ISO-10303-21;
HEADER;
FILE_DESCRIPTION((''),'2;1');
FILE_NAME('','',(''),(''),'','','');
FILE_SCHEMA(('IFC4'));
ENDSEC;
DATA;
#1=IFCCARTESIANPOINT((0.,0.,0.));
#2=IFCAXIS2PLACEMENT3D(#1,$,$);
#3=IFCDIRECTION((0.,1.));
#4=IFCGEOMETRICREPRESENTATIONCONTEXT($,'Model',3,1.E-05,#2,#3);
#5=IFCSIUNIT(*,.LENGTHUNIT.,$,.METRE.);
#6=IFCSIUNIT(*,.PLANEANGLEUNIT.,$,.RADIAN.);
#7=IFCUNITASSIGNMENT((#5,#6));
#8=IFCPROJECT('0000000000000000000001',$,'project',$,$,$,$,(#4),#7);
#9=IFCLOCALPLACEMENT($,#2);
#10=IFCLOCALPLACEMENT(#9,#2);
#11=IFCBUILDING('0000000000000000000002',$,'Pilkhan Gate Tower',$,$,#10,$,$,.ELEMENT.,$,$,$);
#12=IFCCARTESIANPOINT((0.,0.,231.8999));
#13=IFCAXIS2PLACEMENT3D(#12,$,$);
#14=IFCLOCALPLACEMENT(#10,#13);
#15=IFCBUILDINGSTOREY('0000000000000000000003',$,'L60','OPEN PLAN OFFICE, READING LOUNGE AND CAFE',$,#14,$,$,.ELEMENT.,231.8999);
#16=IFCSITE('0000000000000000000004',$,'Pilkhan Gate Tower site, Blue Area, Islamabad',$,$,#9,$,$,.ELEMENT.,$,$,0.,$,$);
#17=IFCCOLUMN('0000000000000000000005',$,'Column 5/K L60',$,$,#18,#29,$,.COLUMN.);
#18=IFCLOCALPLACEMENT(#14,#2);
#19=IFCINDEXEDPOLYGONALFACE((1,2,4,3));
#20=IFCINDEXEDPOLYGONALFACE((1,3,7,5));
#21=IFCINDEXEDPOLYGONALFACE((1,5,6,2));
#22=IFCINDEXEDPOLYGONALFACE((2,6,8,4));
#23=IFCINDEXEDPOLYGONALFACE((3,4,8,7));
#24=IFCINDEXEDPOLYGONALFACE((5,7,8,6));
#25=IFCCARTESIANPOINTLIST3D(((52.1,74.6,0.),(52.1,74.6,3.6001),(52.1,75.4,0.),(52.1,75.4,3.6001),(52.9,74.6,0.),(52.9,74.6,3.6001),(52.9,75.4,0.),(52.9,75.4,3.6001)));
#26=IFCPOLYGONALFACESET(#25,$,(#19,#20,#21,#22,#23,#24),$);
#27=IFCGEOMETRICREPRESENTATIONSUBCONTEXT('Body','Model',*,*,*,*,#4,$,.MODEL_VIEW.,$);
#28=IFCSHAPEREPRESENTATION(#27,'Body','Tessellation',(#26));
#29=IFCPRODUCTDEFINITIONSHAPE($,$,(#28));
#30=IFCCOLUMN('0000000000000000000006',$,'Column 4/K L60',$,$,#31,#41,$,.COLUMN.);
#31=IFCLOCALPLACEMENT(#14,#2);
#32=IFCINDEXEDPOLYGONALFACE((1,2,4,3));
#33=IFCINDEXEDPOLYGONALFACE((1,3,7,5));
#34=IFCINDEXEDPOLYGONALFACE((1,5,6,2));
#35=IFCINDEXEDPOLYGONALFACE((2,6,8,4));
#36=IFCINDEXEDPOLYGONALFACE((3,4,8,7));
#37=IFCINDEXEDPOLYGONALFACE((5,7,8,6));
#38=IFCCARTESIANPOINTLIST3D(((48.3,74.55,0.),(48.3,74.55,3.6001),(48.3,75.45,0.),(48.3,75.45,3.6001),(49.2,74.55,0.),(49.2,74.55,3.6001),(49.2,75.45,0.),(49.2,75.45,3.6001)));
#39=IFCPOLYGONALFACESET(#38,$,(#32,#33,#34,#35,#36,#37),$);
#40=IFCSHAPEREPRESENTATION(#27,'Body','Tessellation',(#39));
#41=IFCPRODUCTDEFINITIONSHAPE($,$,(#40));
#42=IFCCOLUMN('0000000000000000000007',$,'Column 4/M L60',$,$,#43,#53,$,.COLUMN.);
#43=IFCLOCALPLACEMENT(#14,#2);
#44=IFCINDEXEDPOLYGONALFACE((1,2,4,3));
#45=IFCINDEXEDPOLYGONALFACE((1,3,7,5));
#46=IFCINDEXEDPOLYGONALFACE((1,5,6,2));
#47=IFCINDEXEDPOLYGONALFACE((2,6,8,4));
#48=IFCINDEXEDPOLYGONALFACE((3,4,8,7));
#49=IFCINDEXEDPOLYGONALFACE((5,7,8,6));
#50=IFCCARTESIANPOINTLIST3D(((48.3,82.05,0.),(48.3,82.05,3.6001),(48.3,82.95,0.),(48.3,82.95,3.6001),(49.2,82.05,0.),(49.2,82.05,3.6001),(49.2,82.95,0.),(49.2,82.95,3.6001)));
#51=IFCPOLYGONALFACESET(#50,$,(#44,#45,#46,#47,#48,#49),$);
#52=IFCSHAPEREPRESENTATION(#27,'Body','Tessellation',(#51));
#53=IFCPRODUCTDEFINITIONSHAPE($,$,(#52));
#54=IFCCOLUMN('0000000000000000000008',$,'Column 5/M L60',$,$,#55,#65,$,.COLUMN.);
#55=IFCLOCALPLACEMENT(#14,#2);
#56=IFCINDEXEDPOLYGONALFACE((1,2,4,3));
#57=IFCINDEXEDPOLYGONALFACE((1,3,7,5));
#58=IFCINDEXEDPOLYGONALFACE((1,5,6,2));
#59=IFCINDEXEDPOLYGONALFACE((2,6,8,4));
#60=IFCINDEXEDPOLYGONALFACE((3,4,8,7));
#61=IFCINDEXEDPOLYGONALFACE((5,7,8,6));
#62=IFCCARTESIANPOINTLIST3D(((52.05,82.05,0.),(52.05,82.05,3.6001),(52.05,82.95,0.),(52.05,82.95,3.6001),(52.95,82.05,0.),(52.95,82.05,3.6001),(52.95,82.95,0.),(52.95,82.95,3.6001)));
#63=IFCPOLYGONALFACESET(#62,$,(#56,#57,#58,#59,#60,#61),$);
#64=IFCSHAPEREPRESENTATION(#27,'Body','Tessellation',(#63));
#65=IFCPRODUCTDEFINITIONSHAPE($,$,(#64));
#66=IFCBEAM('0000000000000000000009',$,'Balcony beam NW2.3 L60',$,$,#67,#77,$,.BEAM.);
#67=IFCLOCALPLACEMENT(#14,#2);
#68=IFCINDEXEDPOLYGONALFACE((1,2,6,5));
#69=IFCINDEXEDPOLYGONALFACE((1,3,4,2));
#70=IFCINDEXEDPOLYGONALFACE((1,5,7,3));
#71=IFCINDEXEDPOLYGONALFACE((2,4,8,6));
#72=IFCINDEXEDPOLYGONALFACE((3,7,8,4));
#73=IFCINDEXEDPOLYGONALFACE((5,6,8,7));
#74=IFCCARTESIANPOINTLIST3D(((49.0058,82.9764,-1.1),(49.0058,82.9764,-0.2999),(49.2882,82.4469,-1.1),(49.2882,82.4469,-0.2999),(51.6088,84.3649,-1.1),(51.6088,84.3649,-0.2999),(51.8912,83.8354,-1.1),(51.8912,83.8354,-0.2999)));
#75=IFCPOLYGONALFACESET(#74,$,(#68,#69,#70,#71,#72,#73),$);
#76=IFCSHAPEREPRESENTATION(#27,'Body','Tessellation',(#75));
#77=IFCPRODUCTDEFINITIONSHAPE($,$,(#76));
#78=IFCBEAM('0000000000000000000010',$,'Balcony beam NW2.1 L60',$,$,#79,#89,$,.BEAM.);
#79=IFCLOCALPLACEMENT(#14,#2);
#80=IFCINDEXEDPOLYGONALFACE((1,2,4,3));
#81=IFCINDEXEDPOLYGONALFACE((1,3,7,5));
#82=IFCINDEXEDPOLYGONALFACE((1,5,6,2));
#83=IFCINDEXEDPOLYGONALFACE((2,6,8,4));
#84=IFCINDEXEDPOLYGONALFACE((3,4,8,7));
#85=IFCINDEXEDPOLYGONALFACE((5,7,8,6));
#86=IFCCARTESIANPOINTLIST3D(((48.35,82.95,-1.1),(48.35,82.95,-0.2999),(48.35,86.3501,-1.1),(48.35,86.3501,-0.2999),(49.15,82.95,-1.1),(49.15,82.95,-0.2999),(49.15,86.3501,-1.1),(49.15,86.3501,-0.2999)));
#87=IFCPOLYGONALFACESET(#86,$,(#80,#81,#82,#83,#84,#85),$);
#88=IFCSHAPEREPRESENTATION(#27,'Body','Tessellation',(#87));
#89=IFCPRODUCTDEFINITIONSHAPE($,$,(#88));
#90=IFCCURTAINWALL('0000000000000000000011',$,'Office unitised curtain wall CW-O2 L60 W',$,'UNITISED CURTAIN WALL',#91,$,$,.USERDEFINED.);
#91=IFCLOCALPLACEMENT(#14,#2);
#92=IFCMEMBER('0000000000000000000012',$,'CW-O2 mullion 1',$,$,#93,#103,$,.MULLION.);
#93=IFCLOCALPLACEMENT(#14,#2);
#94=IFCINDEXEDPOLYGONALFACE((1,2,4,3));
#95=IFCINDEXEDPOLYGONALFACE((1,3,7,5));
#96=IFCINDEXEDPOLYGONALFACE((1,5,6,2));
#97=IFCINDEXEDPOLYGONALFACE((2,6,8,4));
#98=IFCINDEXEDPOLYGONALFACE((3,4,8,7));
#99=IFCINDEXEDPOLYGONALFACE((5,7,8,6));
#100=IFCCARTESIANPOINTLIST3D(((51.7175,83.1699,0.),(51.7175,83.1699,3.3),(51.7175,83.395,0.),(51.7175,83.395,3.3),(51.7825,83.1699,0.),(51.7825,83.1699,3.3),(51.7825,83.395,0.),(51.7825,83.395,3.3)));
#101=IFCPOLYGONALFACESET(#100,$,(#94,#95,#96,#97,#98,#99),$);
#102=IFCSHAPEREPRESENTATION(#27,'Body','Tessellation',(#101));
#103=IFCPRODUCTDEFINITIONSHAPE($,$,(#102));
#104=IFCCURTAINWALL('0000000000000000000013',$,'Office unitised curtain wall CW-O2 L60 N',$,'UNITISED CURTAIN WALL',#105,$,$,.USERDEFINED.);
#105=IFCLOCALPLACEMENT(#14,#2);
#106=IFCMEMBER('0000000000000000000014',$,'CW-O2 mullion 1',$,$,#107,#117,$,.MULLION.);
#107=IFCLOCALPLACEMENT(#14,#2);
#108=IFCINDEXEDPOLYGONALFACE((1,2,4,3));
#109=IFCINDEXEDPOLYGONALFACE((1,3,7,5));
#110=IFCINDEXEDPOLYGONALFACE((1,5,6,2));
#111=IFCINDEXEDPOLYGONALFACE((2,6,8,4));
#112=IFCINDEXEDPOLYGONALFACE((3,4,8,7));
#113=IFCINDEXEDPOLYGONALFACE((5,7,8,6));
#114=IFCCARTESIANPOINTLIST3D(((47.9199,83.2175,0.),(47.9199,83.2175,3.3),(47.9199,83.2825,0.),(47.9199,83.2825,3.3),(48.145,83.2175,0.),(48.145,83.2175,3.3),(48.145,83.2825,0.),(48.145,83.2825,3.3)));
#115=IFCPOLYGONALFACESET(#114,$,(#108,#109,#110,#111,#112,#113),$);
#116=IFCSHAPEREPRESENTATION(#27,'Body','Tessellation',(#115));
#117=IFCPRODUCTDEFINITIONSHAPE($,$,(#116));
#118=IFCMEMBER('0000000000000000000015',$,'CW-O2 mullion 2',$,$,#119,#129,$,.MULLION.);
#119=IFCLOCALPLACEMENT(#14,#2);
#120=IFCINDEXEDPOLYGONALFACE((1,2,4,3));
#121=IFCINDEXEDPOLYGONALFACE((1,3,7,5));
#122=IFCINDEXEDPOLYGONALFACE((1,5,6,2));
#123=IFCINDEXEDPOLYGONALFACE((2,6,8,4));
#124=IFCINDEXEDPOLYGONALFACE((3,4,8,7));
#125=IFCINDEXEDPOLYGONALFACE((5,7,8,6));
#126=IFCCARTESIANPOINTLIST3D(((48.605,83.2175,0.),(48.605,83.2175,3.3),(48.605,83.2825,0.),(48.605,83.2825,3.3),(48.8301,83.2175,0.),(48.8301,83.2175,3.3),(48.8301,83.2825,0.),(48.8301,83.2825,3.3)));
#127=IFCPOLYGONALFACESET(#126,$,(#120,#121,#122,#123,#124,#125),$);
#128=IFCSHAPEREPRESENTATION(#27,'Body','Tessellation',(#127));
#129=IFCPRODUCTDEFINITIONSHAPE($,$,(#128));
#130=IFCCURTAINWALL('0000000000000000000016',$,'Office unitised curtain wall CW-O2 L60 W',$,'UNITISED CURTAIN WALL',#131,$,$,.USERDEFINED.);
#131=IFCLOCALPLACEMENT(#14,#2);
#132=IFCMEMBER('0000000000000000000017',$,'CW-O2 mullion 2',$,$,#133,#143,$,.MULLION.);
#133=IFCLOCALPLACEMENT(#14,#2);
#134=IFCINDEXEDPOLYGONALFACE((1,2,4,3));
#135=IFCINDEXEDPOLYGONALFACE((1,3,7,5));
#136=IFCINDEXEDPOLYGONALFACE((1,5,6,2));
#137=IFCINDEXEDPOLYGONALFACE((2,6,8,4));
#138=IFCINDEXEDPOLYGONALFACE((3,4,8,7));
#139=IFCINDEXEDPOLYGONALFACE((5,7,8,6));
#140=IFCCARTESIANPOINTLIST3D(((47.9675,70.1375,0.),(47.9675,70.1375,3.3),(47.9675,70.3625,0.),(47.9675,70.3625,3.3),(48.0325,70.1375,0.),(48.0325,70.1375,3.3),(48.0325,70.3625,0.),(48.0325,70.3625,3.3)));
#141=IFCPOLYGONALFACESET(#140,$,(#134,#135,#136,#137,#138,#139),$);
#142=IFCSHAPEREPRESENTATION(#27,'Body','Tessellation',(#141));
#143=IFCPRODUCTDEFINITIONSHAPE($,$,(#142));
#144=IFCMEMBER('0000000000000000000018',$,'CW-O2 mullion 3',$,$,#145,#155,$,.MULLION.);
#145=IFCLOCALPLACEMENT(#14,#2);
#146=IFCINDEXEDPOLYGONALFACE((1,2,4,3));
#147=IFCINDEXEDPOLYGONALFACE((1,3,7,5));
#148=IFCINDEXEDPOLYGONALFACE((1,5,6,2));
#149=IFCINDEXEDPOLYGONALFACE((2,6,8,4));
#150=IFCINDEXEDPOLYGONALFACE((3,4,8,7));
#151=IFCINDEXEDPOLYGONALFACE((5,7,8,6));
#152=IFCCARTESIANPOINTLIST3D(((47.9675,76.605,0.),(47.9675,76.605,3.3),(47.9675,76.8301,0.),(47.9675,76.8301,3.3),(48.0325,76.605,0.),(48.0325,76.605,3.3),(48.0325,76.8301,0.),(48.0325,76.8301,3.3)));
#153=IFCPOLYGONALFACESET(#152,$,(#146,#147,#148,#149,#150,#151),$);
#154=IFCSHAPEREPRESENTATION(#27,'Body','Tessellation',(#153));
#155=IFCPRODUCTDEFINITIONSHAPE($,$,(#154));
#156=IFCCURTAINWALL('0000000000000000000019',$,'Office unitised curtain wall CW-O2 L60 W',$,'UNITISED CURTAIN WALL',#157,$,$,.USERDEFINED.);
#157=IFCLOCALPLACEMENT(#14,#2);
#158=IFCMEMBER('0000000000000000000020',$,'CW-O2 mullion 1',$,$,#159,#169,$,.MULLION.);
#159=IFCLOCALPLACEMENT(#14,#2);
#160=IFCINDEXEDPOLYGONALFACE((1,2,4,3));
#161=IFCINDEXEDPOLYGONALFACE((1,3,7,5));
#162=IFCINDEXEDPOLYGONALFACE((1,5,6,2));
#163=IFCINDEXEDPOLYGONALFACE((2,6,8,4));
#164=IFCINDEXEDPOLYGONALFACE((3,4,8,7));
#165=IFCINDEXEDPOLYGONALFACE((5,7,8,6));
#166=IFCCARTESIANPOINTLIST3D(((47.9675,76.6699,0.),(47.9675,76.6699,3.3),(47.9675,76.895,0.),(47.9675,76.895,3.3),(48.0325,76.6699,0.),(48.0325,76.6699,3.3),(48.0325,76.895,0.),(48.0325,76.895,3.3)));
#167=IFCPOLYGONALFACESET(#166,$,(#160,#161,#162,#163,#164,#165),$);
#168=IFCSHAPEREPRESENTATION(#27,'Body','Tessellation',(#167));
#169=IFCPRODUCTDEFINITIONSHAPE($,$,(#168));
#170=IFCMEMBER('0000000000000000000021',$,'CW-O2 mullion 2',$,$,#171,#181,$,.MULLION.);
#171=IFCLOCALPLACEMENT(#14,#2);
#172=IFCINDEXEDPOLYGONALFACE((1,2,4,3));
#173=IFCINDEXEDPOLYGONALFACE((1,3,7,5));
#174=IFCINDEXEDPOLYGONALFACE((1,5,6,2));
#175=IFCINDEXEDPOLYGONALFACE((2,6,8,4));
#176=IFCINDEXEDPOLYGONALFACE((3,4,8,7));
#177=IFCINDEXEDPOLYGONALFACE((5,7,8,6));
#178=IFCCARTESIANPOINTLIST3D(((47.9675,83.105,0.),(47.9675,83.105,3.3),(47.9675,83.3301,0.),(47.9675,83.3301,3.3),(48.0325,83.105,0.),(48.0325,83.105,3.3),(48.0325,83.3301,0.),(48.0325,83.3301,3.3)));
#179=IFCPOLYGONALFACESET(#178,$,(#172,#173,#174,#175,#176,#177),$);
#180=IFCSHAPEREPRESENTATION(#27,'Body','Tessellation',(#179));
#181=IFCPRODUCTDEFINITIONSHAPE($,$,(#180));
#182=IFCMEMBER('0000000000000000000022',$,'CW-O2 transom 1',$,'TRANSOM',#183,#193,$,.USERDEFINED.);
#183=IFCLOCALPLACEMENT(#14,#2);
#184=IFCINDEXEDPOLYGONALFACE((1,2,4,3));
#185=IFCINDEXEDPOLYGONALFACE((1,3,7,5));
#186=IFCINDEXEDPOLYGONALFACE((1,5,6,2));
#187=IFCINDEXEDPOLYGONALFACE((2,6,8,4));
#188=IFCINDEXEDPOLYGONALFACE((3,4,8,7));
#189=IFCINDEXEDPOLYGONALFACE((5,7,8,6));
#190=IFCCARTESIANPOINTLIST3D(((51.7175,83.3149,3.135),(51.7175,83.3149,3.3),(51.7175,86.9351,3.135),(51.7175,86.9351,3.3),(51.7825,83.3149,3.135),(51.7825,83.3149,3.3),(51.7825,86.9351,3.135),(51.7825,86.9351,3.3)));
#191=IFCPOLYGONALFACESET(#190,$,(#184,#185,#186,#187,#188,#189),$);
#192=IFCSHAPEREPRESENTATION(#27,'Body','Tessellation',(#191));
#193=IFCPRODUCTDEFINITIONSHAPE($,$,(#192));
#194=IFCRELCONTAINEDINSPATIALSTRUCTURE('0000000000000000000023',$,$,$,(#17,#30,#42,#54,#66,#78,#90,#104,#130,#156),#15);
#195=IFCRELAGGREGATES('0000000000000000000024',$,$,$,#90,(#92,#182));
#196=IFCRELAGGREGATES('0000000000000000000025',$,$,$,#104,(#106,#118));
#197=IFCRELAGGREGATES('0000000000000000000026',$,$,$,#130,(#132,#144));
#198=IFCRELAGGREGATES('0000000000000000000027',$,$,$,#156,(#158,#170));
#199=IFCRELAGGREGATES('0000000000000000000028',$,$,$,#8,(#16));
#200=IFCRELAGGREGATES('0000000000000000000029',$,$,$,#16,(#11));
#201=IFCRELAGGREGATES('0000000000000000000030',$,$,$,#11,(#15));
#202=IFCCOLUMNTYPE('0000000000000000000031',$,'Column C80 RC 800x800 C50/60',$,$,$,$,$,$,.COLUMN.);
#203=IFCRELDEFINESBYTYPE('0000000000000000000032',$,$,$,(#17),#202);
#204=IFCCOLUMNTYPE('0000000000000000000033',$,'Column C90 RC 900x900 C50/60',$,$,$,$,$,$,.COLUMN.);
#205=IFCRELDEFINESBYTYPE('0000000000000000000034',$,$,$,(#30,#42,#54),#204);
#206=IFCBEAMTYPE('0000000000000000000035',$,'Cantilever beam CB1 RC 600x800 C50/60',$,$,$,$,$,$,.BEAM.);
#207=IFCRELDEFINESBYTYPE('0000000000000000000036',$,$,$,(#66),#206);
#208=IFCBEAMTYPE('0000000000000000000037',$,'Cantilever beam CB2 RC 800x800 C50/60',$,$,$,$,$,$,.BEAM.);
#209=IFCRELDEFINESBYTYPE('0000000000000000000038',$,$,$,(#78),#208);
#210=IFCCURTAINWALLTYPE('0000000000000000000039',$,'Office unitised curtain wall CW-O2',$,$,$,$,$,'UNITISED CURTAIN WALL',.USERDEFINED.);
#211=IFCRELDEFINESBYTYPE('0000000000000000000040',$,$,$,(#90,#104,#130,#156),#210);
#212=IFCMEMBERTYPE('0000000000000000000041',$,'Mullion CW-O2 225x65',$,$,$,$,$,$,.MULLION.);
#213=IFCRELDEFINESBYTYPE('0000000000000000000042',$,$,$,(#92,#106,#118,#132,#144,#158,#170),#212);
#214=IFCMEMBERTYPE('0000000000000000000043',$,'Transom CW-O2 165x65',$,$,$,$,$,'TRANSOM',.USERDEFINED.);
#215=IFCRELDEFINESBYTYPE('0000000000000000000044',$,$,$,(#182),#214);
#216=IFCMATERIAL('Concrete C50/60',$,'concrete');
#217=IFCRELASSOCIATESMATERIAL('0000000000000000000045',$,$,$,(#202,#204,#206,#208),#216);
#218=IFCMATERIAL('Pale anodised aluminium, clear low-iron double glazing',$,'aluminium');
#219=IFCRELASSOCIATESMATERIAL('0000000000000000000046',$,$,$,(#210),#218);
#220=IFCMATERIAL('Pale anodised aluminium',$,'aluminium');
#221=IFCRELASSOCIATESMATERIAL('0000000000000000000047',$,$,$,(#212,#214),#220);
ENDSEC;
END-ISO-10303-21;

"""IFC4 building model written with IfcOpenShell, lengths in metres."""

from ifc_helpers import new_model, si_unit, direction, frame, origin, origin_2d, place, context, subcontext, project, spatial, rectangle, extrude, material, material_profile, profile_set, type_object, element, aggregate, save


model = new_model("IFC4")

# Units and contexts
model_context = context("Model", 3, precision=1e-05, world=origin(), true_north=direction((0.0, 1.0)))
body_context = subcontext(model_context, "Body", "Model", "MODEL_VIEW")
ifc_project = project(units=[si_unit("LENGTHUNIT", "METRE"), si_unit("PLANEANGLEUNIT", "RADIAN")], contexts=[model_context])

# Site, building, storey
site_placement = place(None, origin())
site = spatial("IfcSite", under=ifc_project, at=site_placement, Name="Pilkhan Gate Tower site, Blue Area, Islamabad", CompositionType="ELEMENT", RefElevation=0.0)
building_placement = place(site_placement, origin())
building = spatial("IfcBuilding", under=site, at=building_placement, Name="Pilkhan Gate Tower", CompositionType="ELEMENT")
storey_placement = place(building_placement, frame((0.0, 0.0, 231.8999)))
storey = spatial("IfcBuildingStorey", under=building, at=storey_placement, Name="L60", Description="OPEN PLAN OFFICE, READING LOUNGE AND CAFE", CompositionType="ELEMENT", Elevation=231.8999)

# Columns
ifc_material_1 = material(Name="Concrete C50/60", Category="concrete")
ifc_material_profile_1 = material_profile(ifc_material_1, rectangle(XDim=0.8, YDim=0.8, at=origin_2d()), Name="RC 800x800")
ifc_profile_set_1 = profile_set([ifc_material_profile_1], Name="Concrete C50/60")
column_type_1 = type_object("IfcColumnType", Name="Column C80 RC 800x800 C50/60", PredefinedType="COLUMN", material=ifc_profile_set_1)
column_placement = place(storey_placement, frame((52.5, 75.0, 0.0), z_axis=(0.0, 0.0, 1.0), x_axis=(1.0, 0.0, 0.0)))
element("IfcColumn", 1, at=column_placement, inside=storey, type_object=column_type_1, Name="Column 5/K L60", PredefinedType="COLUMN", context=body_context, shape_type="SweptSolid", body=[
    extrude(rectangle(XDim=0.8, YDim=0.8, at=origin_2d()), origin(), (0.0, 0.0, 1.0), 3.6001),
])
ifc_material_profile_2 = material_profile(ifc_material_1, rectangle(XDim=0.8999, YDim=0.8999, at=origin_2d()), Name="RC 900x900")
ifc_profile_set_2 = profile_set([ifc_material_profile_2], Name="Concrete C50/60")
column_type_2 = type_object("IfcColumnType", Name="Column C90 RC 900x900 C50/60", PredefinedType="COLUMN", material=ifc_profile_set_2)
for number, where, z_axis, x_axis, name in (
    (2, (48.75, 75.0, 0.0), (0.0, 0.0, 1.0), (1.0, 0.0, 0.0), "Column 4/K L60"),
    (3, (48.75, 82.5, 0.0), (0.0, 0.0, 1.0), (1.0, 0.0, 0.0), "Column 4/M L60"),
    (4, (52.5, 82.5, 0.0), (0.0, 0.0, 1.0), (1.0, 0.0, 0.0), "Column 5/M L60"),
):
    element("IfcColumn", number, at=place(storey_placement, frame(where, z_axis=z_axis, x_axis=x_axis)), inside=storey, type_object=column_type_2, Name=name, PredefinedType="COLUMN", context=body_context, shape_type="SweptSolid", body=[
        extrude(rectangle(XDim=0.8999, YDim=0.8999, at=origin_2d()), origin(), (0.0, 0.0, 1.0), 3.6001),
    ])

# Beams
ifc_material_profile_3 = material_profile(ifc_material_1, rectangle(XDim=0.6001, YDim=0.8, at=origin_2d()), Name="RC 600x800")
ifc_profile_set_3 = profile_set([ifc_material_profile_3], Name="Concrete C50/60")
beam_type_1 = type_object("IfcBeamType", Name="Cantilever beam CB1 RC 600x800 C50/60", PredefinedType="BEAM", material=ifc_profile_set_3)
beam_1_placement = place(storey_placement, frame((49.147, 82.7117, -0.7), z_axis=(0.882332, 0.470627, 0.0), x_axis=(-0.470627, 0.882332, 0.0)))
element("IfcBeam", 5, at=beam_1_placement, inside=storey, type_object=beam_type_1, Name="Balcony beam NW2.3 L60", PredefinedType="BEAM", context=body_context, shape_type="SweptSolid", body=[
    extrude(rectangle(XDim=0.6001, YDim=0.8, at=origin_2d()), origin(), (0.0, 0.0, 1.0), 2.9502),
])
ifc_material_profile_4 = material_profile(ifc_material_1, rectangle(XDim=0.8, YDim=0.8, at=origin_2d()), Name="RC 800x800")
ifc_profile_set_4 = profile_set([ifc_material_profile_4], Name="Concrete C50/60")
beam_type_2 = type_object("IfcBeamType", Name="Cantilever beam CB2 RC 800x800 C50/60", PredefinedType="BEAM", material=ifc_profile_set_4)
beam_2_placement = place(storey_placement, frame((48.75, 82.95, -0.7), z_axis=(0.0, 1.0, 0.0), x_axis=(-1.0, 0.0, 0.0)))
element("IfcBeam", 6, at=beam_2_placement, inside=storey, type_object=beam_type_2, Name="Balcony beam NW2.1 L60", PredefinedType="BEAM", context=body_context, shape_type="SweptSolid", body=[
    extrude(rectangle(XDim=0.8, YDim=0.8, at=origin_2d()), origin(), (0.0, 0.0, 1.0), 3.4001),
])

# Curtain wall, member
ifc_material_2 = material(Name="Pale anodised aluminium, clear low-iron double glazing", Category="aluminium")
curtain_wall_type = type_object("IfcCurtainWallType", Name="Office unitised curtain wall CW-O2", ElementType="UNITISED CURTAIN WALL", PredefinedType="USERDEFINED", material=ifc_material_2)
curtain_wall_1_placement = place(storey_placement, origin())
curtain_wall_1 = element("IfcCurtainWall", 7, at=curtain_wall_1_placement, inside=storey, type_object=curtain_wall_type, Name="Office unitised curtain wall CW-O2 L60 W", ObjectType="UNITISED CURTAIN WALL", PredefinedType="USERDEFINED")
ifc_material_3 = material(Name="Pale anodised aluminium", Category="aluminium")
ifc_material_profile_5 = material_profile(ifc_material_3, rectangle(XDim=0.0649, YDim=0.2251, at=origin_2d()), Name="Mullion 225x65")
ifc_profile_set_5 = profile_set([ifc_material_profile_5], Name="Pale anodised aluminium")
member_type_1 = type_object("IfcMemberType", Name="Mullion CW-O2 225x65", PredefinedType="MULLION", material=ifc_profile_set_5)
member_1_placement = place(storey_placement, frame((51.75, 83.2825, 0.0), z_axis=(0.0, 0.0, 1.0), x_axis=(-1.0, 0.0, 0.0)))
member_1 = element("IfcMember", 8, at=member_1_placement, type_object=member_type_1, Name="CW-O2 mullion 1", PredefinedType="MULLION", context=body_context, shape_type="SweptSolid", body=[
    extrude(rectangle(XDim=0.0649, YDim=0.2251, at=origin_2d()), origin(), (0.0, 0.0, 1.0), 3.3),
])

# Curtain walls, members
curtain_wall_2_placement = place(storey_placement, origin())
curtain_wall_2 = element("IfcCurtainWall", 9, at=curtain_wall_2_placement, inside=storey, type_object=curtain_wall_type, Name="Office unitised curtain wall CW-O2 L60 N", ObjectType="UNITISED CURTAIN WALL", PredefinedType="USERDEFINED")
member_2_placement = place(storey_placement, frame((48.0325, 83.25, 0.0), z_axis=(0.0, 0.0, 1.0), x_axis=(0.0, 1.0, 0.0)))
member_2 = element("IfcMember", 10, at=member_2_placement, type_object=member_type_1, Name="CW-O2 mullion 1", PredefinedType="MULLION", context=body_context, shape_type="SweptSolid", body=[
    extrude(rectangle(XDim=0.0649, YDim=0.2251, at=origin_2d()), origin(), (0.0, 0.0, 1.0), 3.3),
])
member_3_placement = place(storey_placement, frame((48.7175, 83.25, 0.0), z_axis=(0.0, 0.0, 1.0), x_axis=(0.0, 1.0, 0.0)))
member_3 = element("IfcMember", 11, at=member_3_placement, type_object=member_type_1, Name="CW-O2 mullion 2", PredefinedType="MULLION", context=body_context, shape_type="SweptSolid", body=[
    extrude(rectangle(XDim=0.0649, YDim=0.2251, at=origin_2d()), origin(), (0.0, 0.0, 1.0), 3.3),
])
curtain_wall_3_placement = place(storey_placement, origin())
curtain_wall_3 = element("IfcCurtainWall", 12, at=curtain_wall_3_placement, inside=storey, type_object=curtain_wall_type, Name="Office unitised curtain wall CW-O2 L60 W", ObjectType="UNITISED CURTAIN WALL", PredefinedType="USERDEFINED")
member_4_placement = place(storey_placement, frame((48.0, 70.25, 0.0), z_axis=(0.0, 0.0, 1.0), x_axis=(-1.0, 0.0, 0.0)))
member_4 = element("IfcMember", 13, at=member_4_placement, type_object=member_type_1, Name="CW-O2 mullion 2", PredefinedType="MULLION", context=body_context, shape_type="SweptSolid", body=[
    extrude(rectangle(XDim=0.0649, YDim=0.2251, at=origin_2d()), origin(), (0.0, 0.0, 1.0), 3.3),
])
member_5_placement = place(storey_placement, frame((48.0, 76.7175, 0.0), z_axis=(0.0, 0.0, 1.0), x_axis=(-1.0, 0.0, 0.0)))
member_5 = element("IfcMember", 14, at=member_5_placement, type_object=member_type_1, Name="CW-O2 mullion 3", PredefinedType="MULLION", context=body_context, shape_type="SweptSolid", body=[
    extrude(rectangle(XDim=0.0649, YDim=0.2251, at=origin_2d()), origin(), (0.0, 0.0, 1.0), 3.3),
])
curtain_wall_4_placement = place(storey_placement, origin())
curtain_wall_4 = element("IfcCurtainWall", 15, at=curtain_wall_4_placement, inside=storey, type_object=curtain_wall_type, Name="Office unitised curtain wall CW-O2 L60 W", ObjectType="UNITISED CURTAIN WALL", PredefinedType="USERDEFINED")
member_6_placement = place(storey_placement, frame((48.0, 76.7825, 0.0), z_axis=(0.0, 0.0, 1.0), x_axis=(-1.0, 0.0, 0.0)))
member_6 = element("IfcMember", 16, at=member_6_placement, type_object=member_type_1, Name="CW-O2 mullion 1", PredefinedType="MULLION", context=body_context, shape_type="SweptSolid", body=[
    extrude(rectangle(XDim=0.0649, YDim=0.2251, at=origin_2d()), origin(), (0.0, 0.0, 1.0), 3.3),
])
member_7_placement = place(storey_placement, frame((48.0, 83.2175, 0.0), z_axis=(0.0, 0.0, 1.0), x_axis=(-1.0, 0.0, 0.0)))
member_7 = element("IfcMember", 17, at=member_7_placement, type_object=member_type_1, Name="CW-O2 mullion 2", PredefinedType="MULLION", context=body_context, shape_type="SweptSolid", body=[
    extrude(rectangle(XDim=0.0649, YDim=0.2251, at=origin_2d()), origin(), (0.0, 0.0, 1.0), 3.3),
])

# Member
ifc_material_profile_6 = material_profile(ifc_material_3, rectangle(XDim=0.0649, YDim=0.165, at=origin_2d()), Name="Transom 165x65")
ifc_profile_set_6 = profile_set([ifc_material_profile_6], Name="Pale anodised aluminium")
member_type_2 = type_object("IfcMemberType", Name="Transom CW-O2 165x65", ElementType="TRANSOM", PredefinedType="USERDEFINED", material=ifc_profile_set_6)
member_8_placement = place(storey_placement, frame((51.75, 83.3149, 3.2175), z_axis=(0.0, 1.0, 0.0), x_axis=(-1.0, 0.0, 0.0)))
member_8 = element("IfcMember", 18, at=member_8_placement, type_object=member_type_2, Name="CW-O2 transom 1", ObjectType="TRANSOM", PredefinedType="USERDEFINED", context=body_context, shape_type="SweptSolid", body=[
    extrude(rectangle(XDim=0.0649, YDim=0.165, at=origin_2d()), origin(), (0.0, 0.0, 1.0), 3.6201),
])

aggregate(curtain_wall_1, [member_1, member_8])
aggregate(curtain_wall_2, [member_2, member_3])
aggregate(curtain_wall_3, [member_4, member_5])
aggregate(curtain_wall_4, [member_6, member_7])

save(model, "model.ifc")
